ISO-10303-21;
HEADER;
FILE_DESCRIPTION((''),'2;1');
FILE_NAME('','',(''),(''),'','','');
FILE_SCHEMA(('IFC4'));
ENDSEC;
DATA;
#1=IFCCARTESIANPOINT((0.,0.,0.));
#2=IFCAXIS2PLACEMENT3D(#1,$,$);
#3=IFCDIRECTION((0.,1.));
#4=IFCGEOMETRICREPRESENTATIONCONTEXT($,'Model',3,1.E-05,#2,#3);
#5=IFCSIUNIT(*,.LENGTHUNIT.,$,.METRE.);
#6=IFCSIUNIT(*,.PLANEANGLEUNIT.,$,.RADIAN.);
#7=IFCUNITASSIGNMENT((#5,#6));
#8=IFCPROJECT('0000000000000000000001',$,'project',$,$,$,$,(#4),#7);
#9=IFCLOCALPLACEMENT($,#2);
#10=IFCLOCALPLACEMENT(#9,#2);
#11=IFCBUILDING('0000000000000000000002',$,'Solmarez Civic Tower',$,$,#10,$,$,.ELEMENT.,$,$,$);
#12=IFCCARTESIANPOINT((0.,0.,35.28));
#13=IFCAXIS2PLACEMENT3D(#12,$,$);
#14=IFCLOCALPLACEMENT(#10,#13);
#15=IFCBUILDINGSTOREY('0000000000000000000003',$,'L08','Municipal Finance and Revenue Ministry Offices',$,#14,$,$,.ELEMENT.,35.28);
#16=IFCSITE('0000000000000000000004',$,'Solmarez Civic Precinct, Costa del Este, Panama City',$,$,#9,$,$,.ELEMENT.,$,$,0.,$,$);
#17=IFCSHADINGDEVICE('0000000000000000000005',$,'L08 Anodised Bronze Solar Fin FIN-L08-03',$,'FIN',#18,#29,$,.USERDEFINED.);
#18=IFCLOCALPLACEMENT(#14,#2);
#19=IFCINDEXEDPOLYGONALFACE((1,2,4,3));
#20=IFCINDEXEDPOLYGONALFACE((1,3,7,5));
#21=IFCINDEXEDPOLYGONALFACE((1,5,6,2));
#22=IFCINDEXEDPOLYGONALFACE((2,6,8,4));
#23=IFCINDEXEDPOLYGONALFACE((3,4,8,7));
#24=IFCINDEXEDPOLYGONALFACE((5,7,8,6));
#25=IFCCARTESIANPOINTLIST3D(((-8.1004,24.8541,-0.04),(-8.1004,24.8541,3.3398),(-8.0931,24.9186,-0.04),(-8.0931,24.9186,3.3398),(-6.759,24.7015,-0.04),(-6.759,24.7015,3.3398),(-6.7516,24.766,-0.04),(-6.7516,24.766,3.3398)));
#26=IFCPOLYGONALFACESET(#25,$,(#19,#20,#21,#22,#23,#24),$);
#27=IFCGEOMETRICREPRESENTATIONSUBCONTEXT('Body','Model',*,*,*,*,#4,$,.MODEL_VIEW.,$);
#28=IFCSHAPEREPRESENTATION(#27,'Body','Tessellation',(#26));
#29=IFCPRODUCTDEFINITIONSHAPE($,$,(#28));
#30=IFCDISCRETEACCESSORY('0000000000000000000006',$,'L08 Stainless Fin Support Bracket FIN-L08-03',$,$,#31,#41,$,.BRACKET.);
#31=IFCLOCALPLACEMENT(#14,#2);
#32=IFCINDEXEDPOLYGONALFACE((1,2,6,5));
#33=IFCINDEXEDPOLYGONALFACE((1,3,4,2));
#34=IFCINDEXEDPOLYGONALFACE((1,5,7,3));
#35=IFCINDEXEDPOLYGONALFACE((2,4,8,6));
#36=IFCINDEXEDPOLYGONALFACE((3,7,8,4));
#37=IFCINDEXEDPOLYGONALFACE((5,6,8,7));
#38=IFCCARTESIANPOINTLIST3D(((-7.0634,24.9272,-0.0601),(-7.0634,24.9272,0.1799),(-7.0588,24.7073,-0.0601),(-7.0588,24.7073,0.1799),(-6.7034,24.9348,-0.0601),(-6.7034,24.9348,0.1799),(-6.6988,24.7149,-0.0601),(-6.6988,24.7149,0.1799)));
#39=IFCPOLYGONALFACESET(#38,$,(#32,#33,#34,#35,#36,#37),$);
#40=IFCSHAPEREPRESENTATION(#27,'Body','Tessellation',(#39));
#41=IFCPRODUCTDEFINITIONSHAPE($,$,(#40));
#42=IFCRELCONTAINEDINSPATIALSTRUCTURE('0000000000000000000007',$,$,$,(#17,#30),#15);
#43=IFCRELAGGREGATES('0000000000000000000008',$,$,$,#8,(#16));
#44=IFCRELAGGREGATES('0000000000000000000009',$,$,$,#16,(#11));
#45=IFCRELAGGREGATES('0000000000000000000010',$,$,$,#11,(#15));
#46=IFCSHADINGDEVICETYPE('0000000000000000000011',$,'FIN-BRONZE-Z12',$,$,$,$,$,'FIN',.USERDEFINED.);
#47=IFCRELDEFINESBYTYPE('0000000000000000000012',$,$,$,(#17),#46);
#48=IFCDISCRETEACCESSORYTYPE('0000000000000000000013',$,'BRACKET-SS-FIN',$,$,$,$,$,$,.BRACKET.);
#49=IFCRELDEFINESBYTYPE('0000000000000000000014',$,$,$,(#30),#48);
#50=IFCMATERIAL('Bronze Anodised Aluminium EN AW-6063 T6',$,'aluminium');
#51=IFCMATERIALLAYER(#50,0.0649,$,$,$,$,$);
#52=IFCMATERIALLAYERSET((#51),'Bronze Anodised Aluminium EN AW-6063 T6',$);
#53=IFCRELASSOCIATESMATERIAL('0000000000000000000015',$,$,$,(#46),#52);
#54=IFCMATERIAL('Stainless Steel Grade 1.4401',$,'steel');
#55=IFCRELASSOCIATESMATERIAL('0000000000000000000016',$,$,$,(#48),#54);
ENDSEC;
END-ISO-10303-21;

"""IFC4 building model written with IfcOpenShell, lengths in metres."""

from ifc_helpers import new_model, si_unit, direction, frame, origin, origin_2d, place, context, subcontext, project, spatial, rectangle, extrude, material, layer, layer_set, type_object, element, save


model = new_model("IFC4")

# Units and contexts
model_context = context("Model", 3, precision=1e-05, world=origin(), true_north=direction((0.0, 1.0)))
body_context = subcontext(model_context, "Body", "Model", "MODEL_VIEW")
ifc_project = project(units=[si_unit("LENGTHUNIT", "METRE"), si_unit("PLANEANGLEUNIT", "RADIAN")], contexts=[model_context])

# Site, building, storey
site_placement = place(None, origin())
site = spatial("IfcSite", under=ifc_project, at=site_placement, Name="Solmarez Civic Precinct, Costa del Este, Panama City", CompositionType="ELEMENT", RefElevation=0.0)
building_placement = place(site_placement, origin())
building = spatial("IfcBuilding", under=site, at=building_placement, Name="Solmarez Civic Tower", CompositionType="ELEMENT")
storey_placement = place(building_placement, frame((0.0, 0.0, 35.28)))
storey = spatial("IfcBuildingStorey", under=building, at=storey_placement, Name="L08", Description="Municipal Finance and Revenue Ministry Offices", CompositionType="ELEMENT", Elevation=35.28)

# Shading device
ifc_material_1 = material(Name="Bronze Anodised Aluminium EN AW-6063 T6", Category="aluminium")
ifc_layer_1 = layer(ifc_material_1, 0.0649)
ifc_layer_set_1 = layer_set([ifc_layer_1], Name="Bronze Anodised Aluminium EN AW-6063 T6")
shading_device_type = type_object("IfcShadingDeviceType", Name="FIN-BRONZE-Z12", ElementType="FIN", PredefinedType="USERDEFINED", material=ifc_layer_set_1)
shading_device_placement = place(storey_placement, frame((-7.426, 24.8101, -0.04), z_axis=(0.0, 0.0, 1.0), x_axis=(-0.993588, 0.113064, 0.0)))
element("IfcShadingDevice", 1, at=shading_device_placement, inside=storey, type_object=shading_device_type, Name="L08 Anodised Bronze Solar Fin FIN-L08-03", ObjectType="FIN", PredefinedType="USERDEFINED", context=body_context, shape_type="SweptSolid", body=[
    extrude(rectangle(XDim=1.3501, YDim=0.0649, at=origin_2d()), origin(), (0.0, 0.0, 1.0), 3.3799),
])

# Discrete accessory
ifc_material_2 = material(Name="Stainless Steel Grade 1.4401", Category="steel")
discrete_accessory_type = type_object("IfcDiscreteAccessoryType", Name="BRACKET-SS-FIN", PredefinedType="BRACKET", material=ifc_material_2)
discrete_accessory_placement = place(storey_placement, frame((-6.8811, 24.821, -0.0601), z_axis=(0.0, 0.0, 1.0), x_axis=(-0.99978, -0.020968, 0.0)))
element("IfcDiscreteAccessory", 2, at=discrete_accessory_placement, inside=storey, type_object=discrete_accessory_type, Name="L08 Stainless Fin Support Bracket FIN-L08-03", PredefinedType="BRACKET", context=body_context, shape_type="SweptSolid", body=[
    extrude(rectangle(XDim=0.3601, YDim=0.22, at=origin_2d()), origin(), (0.0, 0.0, 1.0), 0.24),
])

save(model, "model.ifc")
